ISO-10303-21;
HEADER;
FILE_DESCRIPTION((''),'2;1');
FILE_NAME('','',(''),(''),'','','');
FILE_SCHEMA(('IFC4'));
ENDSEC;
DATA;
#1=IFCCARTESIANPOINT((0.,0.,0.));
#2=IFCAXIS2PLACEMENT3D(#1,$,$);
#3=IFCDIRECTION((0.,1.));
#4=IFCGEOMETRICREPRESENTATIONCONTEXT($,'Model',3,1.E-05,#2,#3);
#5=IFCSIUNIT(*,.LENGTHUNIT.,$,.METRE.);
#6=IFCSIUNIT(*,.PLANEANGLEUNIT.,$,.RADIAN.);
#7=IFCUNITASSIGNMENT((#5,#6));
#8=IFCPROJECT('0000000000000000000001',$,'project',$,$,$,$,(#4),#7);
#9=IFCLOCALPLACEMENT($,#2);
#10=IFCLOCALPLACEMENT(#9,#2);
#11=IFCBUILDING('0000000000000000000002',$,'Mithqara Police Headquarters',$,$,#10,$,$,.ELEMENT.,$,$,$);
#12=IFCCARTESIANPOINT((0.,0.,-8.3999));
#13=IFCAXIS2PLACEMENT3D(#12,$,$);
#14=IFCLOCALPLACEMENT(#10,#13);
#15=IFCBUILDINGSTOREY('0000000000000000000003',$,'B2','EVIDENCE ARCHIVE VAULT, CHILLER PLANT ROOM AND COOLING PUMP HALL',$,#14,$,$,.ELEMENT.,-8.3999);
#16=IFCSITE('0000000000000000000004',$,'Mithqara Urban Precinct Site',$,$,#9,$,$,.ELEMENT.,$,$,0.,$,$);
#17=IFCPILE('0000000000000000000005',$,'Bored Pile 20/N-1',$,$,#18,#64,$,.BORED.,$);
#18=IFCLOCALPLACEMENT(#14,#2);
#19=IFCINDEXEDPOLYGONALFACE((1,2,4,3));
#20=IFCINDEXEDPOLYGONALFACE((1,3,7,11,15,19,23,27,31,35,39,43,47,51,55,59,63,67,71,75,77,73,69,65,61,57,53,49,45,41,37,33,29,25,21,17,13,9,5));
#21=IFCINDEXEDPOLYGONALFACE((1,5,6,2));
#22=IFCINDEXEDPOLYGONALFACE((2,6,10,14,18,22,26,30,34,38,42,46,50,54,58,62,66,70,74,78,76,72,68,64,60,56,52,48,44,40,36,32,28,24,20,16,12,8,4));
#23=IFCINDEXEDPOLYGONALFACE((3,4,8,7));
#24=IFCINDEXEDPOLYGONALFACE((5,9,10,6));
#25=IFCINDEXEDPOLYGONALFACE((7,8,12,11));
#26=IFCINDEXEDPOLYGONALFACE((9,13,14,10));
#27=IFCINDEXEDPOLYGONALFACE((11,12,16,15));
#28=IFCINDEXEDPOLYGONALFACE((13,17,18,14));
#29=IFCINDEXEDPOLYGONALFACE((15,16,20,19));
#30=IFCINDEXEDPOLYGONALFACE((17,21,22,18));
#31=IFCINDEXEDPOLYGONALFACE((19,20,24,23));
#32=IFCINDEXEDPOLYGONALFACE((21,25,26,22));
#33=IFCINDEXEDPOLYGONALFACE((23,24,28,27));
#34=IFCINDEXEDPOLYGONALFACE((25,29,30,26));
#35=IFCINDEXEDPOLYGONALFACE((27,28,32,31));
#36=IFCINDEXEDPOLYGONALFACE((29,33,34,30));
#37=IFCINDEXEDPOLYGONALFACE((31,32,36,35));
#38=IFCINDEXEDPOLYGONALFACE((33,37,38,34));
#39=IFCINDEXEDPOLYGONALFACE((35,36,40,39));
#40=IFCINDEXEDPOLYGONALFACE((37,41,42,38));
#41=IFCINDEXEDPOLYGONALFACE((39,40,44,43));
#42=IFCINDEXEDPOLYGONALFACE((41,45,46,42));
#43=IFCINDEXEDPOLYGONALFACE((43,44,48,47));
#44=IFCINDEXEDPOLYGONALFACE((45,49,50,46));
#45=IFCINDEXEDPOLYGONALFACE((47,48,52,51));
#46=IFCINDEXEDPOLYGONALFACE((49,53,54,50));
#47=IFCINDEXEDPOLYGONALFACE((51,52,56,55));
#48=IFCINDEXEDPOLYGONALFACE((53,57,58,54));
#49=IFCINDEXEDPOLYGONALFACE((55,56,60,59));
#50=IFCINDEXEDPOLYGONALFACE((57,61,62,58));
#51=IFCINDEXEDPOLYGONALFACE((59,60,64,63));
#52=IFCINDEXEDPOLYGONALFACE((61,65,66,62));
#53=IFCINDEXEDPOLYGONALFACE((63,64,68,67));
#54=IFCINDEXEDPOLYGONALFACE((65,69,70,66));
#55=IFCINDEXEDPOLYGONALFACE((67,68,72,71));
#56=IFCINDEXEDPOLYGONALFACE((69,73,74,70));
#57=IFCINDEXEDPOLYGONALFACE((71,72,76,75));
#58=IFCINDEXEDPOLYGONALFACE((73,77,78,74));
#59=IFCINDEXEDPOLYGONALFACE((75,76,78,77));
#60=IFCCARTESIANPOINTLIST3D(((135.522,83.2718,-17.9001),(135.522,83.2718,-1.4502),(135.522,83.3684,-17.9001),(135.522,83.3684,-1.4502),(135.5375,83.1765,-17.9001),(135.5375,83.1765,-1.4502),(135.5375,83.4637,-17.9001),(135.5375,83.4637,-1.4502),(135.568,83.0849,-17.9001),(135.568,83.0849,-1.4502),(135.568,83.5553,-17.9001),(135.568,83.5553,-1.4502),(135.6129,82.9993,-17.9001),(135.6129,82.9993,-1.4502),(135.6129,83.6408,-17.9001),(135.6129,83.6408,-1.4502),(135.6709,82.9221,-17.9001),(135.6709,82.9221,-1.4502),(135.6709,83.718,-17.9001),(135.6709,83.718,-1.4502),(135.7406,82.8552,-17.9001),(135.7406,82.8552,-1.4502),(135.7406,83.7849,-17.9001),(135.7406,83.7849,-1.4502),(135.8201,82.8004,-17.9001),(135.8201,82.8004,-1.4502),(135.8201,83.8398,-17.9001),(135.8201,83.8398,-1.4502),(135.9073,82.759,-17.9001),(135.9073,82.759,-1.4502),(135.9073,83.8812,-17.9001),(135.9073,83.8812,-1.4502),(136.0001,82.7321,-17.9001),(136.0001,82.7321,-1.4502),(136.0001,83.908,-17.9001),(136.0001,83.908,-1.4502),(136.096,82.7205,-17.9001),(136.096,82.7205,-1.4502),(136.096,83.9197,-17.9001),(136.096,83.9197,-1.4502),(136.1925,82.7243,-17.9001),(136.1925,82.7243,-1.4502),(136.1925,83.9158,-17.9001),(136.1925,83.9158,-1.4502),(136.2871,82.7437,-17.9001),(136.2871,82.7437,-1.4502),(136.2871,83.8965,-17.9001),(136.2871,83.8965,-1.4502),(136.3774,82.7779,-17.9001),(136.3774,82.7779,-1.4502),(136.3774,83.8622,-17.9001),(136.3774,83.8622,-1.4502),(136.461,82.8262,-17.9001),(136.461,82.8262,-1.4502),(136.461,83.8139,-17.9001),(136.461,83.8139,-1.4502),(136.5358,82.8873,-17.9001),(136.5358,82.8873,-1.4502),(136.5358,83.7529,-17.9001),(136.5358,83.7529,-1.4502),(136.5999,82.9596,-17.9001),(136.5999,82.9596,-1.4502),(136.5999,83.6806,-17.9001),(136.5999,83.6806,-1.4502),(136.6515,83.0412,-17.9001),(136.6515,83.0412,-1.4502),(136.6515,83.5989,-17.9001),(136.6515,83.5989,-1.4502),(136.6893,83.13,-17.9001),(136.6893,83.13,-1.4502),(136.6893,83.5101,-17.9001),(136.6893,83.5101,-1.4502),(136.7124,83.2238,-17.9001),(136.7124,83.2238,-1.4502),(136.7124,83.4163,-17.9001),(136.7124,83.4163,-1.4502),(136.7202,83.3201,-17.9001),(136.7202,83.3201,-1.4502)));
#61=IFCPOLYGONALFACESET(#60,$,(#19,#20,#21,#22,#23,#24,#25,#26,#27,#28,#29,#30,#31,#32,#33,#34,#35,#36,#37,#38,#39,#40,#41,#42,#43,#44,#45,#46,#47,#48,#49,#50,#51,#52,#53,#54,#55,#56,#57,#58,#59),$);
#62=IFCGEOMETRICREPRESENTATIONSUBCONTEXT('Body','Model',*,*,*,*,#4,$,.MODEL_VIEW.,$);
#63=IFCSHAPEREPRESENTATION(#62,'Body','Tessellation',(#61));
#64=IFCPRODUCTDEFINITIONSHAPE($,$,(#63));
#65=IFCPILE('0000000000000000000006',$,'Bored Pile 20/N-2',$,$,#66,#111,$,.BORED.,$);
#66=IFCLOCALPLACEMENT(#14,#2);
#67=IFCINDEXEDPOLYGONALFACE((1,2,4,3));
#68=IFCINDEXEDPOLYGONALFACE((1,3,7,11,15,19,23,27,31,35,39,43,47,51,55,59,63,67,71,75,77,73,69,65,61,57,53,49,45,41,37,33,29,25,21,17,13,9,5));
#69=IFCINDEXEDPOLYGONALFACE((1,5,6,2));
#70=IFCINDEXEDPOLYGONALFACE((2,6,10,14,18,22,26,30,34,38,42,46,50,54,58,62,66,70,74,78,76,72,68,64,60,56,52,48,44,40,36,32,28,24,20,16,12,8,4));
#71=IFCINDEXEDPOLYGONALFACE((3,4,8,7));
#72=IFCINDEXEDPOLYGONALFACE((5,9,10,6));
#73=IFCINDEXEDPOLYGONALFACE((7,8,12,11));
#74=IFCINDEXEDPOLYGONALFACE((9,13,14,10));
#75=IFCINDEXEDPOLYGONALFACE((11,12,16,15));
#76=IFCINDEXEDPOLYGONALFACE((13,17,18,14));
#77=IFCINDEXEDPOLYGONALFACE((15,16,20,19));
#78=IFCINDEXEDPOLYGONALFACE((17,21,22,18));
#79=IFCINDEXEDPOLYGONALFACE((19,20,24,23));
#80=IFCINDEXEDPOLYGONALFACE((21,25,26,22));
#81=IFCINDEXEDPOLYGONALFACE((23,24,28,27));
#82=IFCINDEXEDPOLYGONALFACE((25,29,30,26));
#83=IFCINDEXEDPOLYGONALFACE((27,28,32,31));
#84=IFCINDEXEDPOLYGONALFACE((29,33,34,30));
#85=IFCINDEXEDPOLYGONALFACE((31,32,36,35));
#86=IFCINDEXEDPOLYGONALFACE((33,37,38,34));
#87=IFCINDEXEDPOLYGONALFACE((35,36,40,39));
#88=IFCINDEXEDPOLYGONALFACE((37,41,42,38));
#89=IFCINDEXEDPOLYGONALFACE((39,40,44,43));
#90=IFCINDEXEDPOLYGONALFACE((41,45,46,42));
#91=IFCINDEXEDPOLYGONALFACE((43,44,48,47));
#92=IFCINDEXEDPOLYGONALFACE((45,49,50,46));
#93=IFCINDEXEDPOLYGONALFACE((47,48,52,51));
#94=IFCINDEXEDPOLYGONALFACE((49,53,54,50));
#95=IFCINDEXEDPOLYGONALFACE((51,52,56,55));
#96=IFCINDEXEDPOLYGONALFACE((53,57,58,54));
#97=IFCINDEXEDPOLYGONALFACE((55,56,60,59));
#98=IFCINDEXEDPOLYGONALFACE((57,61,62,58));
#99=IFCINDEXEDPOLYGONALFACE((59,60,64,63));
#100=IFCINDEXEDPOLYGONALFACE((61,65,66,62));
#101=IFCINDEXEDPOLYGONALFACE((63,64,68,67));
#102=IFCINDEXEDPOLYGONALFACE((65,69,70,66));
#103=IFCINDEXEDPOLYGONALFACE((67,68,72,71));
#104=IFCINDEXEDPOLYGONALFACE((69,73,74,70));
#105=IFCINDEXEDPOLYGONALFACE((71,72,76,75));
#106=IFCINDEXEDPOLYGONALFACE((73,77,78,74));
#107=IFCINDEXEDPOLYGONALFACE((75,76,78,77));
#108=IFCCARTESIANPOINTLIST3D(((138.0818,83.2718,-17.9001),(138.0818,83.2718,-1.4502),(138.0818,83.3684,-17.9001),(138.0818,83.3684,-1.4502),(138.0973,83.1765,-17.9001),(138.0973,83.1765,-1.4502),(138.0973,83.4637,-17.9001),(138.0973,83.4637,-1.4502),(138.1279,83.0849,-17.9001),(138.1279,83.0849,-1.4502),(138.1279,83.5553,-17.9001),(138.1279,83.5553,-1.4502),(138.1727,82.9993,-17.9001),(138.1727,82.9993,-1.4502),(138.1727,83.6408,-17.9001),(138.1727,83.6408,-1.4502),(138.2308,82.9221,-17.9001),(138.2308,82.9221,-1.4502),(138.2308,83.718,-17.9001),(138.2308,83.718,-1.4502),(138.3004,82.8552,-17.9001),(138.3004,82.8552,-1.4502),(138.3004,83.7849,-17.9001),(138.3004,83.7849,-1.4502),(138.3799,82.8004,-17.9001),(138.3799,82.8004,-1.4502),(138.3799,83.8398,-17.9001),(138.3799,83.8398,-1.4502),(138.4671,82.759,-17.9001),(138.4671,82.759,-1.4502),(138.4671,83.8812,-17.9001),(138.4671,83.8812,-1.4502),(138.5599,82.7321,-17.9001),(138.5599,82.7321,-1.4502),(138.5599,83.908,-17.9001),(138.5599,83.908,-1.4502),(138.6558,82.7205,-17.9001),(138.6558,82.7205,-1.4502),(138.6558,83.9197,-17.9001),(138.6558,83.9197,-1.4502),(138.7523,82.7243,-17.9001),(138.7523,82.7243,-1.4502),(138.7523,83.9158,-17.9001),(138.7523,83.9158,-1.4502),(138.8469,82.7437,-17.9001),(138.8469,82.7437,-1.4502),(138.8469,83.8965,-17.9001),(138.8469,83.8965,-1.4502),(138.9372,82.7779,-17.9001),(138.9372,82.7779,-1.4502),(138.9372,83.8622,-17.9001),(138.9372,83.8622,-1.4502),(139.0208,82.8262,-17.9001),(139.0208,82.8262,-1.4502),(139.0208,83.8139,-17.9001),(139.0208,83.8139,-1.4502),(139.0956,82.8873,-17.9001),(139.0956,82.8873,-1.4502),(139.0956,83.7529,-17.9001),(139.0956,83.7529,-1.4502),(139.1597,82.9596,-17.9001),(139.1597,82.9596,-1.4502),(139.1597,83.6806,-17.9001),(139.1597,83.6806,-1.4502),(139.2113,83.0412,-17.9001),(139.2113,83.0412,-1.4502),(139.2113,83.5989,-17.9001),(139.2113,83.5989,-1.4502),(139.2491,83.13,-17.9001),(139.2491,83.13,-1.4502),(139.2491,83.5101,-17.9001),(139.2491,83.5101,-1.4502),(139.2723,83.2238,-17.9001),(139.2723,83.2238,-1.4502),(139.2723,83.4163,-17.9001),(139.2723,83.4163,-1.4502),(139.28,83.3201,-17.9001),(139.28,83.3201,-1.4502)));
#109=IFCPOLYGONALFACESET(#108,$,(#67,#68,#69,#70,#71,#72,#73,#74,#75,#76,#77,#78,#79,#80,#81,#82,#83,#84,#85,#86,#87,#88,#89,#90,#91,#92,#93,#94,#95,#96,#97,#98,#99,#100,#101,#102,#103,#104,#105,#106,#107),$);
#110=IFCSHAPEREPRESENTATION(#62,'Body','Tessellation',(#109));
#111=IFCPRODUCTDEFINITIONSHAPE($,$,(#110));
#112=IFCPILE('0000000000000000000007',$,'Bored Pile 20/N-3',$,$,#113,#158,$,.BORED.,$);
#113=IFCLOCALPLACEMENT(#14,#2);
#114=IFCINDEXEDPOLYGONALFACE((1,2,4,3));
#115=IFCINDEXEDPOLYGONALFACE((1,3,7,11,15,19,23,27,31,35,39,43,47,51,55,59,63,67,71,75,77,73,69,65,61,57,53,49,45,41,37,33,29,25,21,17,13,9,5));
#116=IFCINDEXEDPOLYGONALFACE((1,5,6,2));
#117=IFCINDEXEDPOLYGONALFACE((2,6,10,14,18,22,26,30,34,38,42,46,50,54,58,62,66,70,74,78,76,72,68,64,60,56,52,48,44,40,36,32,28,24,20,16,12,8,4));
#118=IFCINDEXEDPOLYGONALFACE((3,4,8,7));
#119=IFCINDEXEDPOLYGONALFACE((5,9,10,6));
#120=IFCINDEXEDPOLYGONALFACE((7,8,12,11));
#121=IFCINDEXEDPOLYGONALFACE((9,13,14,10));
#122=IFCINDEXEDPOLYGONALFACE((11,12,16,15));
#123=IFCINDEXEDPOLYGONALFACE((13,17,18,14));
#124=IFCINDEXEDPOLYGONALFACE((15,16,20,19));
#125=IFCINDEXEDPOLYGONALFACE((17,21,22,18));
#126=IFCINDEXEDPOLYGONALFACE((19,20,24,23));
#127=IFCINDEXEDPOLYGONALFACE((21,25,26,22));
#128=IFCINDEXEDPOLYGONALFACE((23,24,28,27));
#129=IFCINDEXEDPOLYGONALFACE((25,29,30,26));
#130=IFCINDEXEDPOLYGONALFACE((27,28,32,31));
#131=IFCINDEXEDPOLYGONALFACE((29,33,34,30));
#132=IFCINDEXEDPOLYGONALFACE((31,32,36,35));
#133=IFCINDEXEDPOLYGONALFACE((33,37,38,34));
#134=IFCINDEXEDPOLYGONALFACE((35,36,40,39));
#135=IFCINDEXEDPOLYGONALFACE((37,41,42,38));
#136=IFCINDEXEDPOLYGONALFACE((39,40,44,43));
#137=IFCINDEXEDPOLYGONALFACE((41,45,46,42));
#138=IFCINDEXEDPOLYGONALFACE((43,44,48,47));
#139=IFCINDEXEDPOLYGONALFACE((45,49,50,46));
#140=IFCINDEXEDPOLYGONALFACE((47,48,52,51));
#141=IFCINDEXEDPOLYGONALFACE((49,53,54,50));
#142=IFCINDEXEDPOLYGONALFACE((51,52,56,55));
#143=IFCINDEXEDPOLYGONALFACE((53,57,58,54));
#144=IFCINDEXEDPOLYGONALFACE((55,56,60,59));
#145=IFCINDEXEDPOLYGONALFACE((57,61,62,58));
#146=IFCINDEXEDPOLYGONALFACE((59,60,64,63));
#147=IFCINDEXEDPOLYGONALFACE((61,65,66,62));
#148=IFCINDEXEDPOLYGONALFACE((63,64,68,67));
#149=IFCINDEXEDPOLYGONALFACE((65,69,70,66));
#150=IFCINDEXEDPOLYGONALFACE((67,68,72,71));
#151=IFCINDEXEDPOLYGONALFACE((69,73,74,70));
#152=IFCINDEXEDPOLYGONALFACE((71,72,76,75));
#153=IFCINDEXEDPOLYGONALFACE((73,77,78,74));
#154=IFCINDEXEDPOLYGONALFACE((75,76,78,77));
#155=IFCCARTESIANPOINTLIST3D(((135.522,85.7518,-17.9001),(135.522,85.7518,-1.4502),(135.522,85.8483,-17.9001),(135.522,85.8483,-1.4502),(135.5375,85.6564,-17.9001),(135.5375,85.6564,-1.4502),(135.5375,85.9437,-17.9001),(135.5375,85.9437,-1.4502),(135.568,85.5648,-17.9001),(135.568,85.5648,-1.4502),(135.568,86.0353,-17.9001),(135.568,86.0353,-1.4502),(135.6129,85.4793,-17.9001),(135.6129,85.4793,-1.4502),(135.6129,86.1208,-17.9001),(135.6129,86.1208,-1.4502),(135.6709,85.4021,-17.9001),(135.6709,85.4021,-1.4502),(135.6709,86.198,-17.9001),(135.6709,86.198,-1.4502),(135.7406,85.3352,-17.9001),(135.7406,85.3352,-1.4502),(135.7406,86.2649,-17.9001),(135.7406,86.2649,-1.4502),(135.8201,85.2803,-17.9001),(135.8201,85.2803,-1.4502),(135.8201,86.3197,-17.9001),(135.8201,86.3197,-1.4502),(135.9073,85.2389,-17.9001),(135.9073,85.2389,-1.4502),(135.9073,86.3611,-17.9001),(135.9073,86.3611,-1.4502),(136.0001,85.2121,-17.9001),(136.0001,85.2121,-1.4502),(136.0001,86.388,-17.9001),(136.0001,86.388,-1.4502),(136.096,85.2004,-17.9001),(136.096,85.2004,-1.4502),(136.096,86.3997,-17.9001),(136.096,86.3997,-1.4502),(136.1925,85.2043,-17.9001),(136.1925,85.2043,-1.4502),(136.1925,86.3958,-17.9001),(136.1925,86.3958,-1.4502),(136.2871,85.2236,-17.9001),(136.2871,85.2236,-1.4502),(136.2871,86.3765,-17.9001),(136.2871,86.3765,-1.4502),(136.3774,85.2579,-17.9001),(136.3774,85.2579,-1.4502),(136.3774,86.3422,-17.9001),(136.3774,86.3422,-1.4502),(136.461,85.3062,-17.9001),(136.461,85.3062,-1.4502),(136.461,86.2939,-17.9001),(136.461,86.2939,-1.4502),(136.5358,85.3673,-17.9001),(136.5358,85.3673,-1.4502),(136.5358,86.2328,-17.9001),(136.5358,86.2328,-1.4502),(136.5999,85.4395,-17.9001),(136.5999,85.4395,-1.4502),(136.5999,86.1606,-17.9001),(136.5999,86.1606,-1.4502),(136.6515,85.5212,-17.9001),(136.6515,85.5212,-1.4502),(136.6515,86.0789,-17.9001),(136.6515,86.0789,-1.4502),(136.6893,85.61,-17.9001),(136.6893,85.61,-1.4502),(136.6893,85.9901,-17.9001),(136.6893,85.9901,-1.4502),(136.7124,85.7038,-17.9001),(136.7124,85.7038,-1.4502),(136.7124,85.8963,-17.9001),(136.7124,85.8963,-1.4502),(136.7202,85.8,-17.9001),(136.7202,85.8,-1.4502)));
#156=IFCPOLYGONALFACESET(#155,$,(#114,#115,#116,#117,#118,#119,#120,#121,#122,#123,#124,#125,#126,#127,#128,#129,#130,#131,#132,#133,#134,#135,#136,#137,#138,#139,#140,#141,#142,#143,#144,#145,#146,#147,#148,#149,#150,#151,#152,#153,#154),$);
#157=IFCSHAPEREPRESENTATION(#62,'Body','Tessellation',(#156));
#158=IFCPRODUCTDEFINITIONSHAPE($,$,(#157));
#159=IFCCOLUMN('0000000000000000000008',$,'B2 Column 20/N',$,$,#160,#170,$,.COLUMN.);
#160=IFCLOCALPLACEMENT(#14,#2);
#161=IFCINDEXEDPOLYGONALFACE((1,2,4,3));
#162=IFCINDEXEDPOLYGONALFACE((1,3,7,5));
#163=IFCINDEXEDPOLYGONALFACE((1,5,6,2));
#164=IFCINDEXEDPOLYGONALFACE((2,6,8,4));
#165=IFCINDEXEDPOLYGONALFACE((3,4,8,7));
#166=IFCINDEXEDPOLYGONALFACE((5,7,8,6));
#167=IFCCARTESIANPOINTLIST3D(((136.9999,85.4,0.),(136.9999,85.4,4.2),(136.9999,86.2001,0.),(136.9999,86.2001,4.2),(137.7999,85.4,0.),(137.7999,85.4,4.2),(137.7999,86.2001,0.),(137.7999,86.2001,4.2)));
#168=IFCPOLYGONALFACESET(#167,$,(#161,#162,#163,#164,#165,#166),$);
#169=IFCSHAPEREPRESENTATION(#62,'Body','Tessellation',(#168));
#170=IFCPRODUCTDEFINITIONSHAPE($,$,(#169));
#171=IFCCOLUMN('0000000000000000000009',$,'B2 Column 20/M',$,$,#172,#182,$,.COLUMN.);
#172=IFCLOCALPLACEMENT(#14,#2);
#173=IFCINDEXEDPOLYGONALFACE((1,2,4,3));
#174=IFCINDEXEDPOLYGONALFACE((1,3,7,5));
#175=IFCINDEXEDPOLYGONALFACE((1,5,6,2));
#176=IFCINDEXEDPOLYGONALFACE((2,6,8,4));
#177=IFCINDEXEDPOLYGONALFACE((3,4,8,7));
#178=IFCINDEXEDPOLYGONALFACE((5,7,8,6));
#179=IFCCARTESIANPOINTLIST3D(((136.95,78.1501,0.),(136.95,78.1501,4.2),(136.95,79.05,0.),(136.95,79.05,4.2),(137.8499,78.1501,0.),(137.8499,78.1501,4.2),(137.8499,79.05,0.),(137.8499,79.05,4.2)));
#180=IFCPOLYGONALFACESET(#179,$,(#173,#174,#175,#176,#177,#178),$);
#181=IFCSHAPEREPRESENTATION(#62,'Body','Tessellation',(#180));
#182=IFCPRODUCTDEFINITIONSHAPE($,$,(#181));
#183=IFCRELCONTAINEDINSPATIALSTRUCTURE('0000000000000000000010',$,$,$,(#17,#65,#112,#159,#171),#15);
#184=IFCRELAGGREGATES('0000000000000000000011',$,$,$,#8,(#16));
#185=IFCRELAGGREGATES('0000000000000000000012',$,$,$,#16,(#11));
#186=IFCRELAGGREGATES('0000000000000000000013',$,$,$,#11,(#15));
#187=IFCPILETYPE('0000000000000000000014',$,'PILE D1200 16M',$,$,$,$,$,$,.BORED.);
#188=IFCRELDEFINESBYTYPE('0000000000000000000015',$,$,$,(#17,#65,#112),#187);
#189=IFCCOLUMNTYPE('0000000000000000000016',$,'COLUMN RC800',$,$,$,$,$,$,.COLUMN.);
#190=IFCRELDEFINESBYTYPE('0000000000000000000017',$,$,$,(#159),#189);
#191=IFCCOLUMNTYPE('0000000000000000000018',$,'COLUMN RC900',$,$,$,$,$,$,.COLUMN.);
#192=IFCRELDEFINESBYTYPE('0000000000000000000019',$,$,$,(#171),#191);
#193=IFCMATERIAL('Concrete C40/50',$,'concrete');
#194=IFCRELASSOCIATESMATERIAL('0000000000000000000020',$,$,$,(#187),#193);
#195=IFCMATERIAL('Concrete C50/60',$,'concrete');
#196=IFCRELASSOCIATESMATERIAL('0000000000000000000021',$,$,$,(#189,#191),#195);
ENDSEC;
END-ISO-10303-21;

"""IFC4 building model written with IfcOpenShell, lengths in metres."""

from ifc_helpers import new_model, si_unit, direction, frame, origin, origin_2d, place, context, subcontext, project, spatial, rectangle, circle, extrude, material, material_profile, profile_set, type_object, element, save


model = new_model("IFC4")

# Units and contexts
model_context = context("Model", 3, precision=1e-05, world=origin(), true_north=direction((0.0, 1.0)))
body_context = subcontext(model_context, "Body", "Model", "MODEL_VIEW")
ifc_project = project(units=[si_unit("LENGTHUNIT", "METRE"), si_unit("PLANEANGLEUNIT", "RADIAN")], contexts=[model_context])

# Site, building, storey
site_placement = place(None, origin())
site = spatial("IfcSite", under=ifc_project, at=site_placement, Name="Mithqara Urban Precinct Site", CompositionType="ELEMENT", RefElevation=0.0)
building_placement = place(site_placement, origin())
building = spatial("IfcBuilding", under=site, at=building_placement, Name="Mithqara Police Headquarters", CompositionType="ELEMENT")
storey_placement = place(building_placement, frame((0.0, 0.0, -8.3999)))
storey = spatial("IfcBuildingStorey", under=building, at=storey_placement, Name="B2", Description="EVIDENCE ARCHIVE VAULT, CHILLER PLANT ROOM AND COOLING PUMP HALL", CompositionType="ELEMENT", Elevation=-8.3999)

# Shared definitions
ifc_material_1 = material(Name="Concrete C40/50", Category="concrete")

# Piles
ifc_material_profile_1 = material_profile(ifc_material_1, circle(Radius=0.6001, at=origin_2d()), Name="PILE D1200")
ifc_profile_set_1 = profile_set([ifc_material_profile_1], Name="Concrete C40/50")
pile_type = type_object("IfcPileType", Name="PILE D1200 16M", PredefinedType="BORED", material=ifc_profile_set_1)
for number, where, z_axis, x_axis, name in (
    (1, (136.1201, 83.3201, -1.4502), (0.0, 0.0, -1.0), (1.0, 0.0, 0.0), "Bored Pile 20/N-1"),
    (2, (138.6799, 83.3201, -1.4502), (0.0, 0.0, -1.0), (1.0, 0.0, 0.0), "Bored Pile 20/N-2"),
    (3, (136.1201, 85.8, -1.4502), (0.0, 0.0, -1.0), (1.0, 0.0, 0.0), "Bored Pile 20/N-3"),
):
    element("IfcPile", number, at=place(storey_placement, frame(where, z_axis=z_axis, x_axis=x_axis)), inside=storey, type_object=pile_type, Name=name, PredefinedType="BORED", context=body_context, shape_type="SweptSolid", body=[
        extrude(circle(Radius=0.6001, at=origin_2d()), origin(), (0.0, 0.0, 1.0), 16.45),
    ])

# Columns
ifc_material_2 = material(Name="Concrete C50/60", Category="concrete")
ifc_material_profile_2 = material_profile(ifc_material_2, rectangle(XDim=0.8, YDim=0.8, at=origin_2d()), Name="RC 800x800")
ifc_profile_set_2 = profile_set([ifc_material_profile_2], Name="Concrete C50/60")
column_type_1 = type_object("IfcColumnType", Name="COLUMN RC800", PredefinedType="COLUMN", material=ifc_profile_set_2)
column_1_placement = place(storey_placement, frame((137.3999, 85.8, 0.0), z_axis=(0.0, 0.0, 1.0), x_axis=(1.0, 0.0, 0.0)))
element("IfcColumn", 4, at=column_1_placement, inside=storey, type_object=column_type_1, Name="B2 Column 20/N", PredefinedType="COLUMN", context=body_context, shape_type="SweptSolid", body=[
    extrude(rectangle(XDim=0.8, YDim=0.8, at=origin_2d()), origin(), (0.0, 0.0, 1.0), 4.2),
])
ifc_material_profile_3 = material_profile(ifc_material_2, rectangle(XDim=0.8999, YDim=0.8999, at=origin_2d()), Name="RC 900x900")
ifc_profile_set_3 = profile_set([ifc_material_profile_3], Name="Concrete C50/60")
column_type_2 = type_object("IfcColumnType", Name="COLUMN RC900", PredefinedType="COLUMN", material=ifc_profile_set_3)
column_2_placement = place(storey_placement, frame((137.3999, 78.6001, 0.0), z_axis=(0.0, 0.0, 1.0), x_axis=(1.0, 0.0, 0.0)))
element("IfcColumn", 5, at=column_2_placement, inside=storey, type_object=column_type_2, Name="B2 Column 20/M", PredefinedType="COLUMN", context=body_context, shape_type="SweptSolid", body=[
    extrude(rectangle(XDim=0.8999, YDim=0.8999, at=origin_2d()), origin(), (0.0, 0.0, 1.0), 4.2),
])

save(model, "model.ifc")
